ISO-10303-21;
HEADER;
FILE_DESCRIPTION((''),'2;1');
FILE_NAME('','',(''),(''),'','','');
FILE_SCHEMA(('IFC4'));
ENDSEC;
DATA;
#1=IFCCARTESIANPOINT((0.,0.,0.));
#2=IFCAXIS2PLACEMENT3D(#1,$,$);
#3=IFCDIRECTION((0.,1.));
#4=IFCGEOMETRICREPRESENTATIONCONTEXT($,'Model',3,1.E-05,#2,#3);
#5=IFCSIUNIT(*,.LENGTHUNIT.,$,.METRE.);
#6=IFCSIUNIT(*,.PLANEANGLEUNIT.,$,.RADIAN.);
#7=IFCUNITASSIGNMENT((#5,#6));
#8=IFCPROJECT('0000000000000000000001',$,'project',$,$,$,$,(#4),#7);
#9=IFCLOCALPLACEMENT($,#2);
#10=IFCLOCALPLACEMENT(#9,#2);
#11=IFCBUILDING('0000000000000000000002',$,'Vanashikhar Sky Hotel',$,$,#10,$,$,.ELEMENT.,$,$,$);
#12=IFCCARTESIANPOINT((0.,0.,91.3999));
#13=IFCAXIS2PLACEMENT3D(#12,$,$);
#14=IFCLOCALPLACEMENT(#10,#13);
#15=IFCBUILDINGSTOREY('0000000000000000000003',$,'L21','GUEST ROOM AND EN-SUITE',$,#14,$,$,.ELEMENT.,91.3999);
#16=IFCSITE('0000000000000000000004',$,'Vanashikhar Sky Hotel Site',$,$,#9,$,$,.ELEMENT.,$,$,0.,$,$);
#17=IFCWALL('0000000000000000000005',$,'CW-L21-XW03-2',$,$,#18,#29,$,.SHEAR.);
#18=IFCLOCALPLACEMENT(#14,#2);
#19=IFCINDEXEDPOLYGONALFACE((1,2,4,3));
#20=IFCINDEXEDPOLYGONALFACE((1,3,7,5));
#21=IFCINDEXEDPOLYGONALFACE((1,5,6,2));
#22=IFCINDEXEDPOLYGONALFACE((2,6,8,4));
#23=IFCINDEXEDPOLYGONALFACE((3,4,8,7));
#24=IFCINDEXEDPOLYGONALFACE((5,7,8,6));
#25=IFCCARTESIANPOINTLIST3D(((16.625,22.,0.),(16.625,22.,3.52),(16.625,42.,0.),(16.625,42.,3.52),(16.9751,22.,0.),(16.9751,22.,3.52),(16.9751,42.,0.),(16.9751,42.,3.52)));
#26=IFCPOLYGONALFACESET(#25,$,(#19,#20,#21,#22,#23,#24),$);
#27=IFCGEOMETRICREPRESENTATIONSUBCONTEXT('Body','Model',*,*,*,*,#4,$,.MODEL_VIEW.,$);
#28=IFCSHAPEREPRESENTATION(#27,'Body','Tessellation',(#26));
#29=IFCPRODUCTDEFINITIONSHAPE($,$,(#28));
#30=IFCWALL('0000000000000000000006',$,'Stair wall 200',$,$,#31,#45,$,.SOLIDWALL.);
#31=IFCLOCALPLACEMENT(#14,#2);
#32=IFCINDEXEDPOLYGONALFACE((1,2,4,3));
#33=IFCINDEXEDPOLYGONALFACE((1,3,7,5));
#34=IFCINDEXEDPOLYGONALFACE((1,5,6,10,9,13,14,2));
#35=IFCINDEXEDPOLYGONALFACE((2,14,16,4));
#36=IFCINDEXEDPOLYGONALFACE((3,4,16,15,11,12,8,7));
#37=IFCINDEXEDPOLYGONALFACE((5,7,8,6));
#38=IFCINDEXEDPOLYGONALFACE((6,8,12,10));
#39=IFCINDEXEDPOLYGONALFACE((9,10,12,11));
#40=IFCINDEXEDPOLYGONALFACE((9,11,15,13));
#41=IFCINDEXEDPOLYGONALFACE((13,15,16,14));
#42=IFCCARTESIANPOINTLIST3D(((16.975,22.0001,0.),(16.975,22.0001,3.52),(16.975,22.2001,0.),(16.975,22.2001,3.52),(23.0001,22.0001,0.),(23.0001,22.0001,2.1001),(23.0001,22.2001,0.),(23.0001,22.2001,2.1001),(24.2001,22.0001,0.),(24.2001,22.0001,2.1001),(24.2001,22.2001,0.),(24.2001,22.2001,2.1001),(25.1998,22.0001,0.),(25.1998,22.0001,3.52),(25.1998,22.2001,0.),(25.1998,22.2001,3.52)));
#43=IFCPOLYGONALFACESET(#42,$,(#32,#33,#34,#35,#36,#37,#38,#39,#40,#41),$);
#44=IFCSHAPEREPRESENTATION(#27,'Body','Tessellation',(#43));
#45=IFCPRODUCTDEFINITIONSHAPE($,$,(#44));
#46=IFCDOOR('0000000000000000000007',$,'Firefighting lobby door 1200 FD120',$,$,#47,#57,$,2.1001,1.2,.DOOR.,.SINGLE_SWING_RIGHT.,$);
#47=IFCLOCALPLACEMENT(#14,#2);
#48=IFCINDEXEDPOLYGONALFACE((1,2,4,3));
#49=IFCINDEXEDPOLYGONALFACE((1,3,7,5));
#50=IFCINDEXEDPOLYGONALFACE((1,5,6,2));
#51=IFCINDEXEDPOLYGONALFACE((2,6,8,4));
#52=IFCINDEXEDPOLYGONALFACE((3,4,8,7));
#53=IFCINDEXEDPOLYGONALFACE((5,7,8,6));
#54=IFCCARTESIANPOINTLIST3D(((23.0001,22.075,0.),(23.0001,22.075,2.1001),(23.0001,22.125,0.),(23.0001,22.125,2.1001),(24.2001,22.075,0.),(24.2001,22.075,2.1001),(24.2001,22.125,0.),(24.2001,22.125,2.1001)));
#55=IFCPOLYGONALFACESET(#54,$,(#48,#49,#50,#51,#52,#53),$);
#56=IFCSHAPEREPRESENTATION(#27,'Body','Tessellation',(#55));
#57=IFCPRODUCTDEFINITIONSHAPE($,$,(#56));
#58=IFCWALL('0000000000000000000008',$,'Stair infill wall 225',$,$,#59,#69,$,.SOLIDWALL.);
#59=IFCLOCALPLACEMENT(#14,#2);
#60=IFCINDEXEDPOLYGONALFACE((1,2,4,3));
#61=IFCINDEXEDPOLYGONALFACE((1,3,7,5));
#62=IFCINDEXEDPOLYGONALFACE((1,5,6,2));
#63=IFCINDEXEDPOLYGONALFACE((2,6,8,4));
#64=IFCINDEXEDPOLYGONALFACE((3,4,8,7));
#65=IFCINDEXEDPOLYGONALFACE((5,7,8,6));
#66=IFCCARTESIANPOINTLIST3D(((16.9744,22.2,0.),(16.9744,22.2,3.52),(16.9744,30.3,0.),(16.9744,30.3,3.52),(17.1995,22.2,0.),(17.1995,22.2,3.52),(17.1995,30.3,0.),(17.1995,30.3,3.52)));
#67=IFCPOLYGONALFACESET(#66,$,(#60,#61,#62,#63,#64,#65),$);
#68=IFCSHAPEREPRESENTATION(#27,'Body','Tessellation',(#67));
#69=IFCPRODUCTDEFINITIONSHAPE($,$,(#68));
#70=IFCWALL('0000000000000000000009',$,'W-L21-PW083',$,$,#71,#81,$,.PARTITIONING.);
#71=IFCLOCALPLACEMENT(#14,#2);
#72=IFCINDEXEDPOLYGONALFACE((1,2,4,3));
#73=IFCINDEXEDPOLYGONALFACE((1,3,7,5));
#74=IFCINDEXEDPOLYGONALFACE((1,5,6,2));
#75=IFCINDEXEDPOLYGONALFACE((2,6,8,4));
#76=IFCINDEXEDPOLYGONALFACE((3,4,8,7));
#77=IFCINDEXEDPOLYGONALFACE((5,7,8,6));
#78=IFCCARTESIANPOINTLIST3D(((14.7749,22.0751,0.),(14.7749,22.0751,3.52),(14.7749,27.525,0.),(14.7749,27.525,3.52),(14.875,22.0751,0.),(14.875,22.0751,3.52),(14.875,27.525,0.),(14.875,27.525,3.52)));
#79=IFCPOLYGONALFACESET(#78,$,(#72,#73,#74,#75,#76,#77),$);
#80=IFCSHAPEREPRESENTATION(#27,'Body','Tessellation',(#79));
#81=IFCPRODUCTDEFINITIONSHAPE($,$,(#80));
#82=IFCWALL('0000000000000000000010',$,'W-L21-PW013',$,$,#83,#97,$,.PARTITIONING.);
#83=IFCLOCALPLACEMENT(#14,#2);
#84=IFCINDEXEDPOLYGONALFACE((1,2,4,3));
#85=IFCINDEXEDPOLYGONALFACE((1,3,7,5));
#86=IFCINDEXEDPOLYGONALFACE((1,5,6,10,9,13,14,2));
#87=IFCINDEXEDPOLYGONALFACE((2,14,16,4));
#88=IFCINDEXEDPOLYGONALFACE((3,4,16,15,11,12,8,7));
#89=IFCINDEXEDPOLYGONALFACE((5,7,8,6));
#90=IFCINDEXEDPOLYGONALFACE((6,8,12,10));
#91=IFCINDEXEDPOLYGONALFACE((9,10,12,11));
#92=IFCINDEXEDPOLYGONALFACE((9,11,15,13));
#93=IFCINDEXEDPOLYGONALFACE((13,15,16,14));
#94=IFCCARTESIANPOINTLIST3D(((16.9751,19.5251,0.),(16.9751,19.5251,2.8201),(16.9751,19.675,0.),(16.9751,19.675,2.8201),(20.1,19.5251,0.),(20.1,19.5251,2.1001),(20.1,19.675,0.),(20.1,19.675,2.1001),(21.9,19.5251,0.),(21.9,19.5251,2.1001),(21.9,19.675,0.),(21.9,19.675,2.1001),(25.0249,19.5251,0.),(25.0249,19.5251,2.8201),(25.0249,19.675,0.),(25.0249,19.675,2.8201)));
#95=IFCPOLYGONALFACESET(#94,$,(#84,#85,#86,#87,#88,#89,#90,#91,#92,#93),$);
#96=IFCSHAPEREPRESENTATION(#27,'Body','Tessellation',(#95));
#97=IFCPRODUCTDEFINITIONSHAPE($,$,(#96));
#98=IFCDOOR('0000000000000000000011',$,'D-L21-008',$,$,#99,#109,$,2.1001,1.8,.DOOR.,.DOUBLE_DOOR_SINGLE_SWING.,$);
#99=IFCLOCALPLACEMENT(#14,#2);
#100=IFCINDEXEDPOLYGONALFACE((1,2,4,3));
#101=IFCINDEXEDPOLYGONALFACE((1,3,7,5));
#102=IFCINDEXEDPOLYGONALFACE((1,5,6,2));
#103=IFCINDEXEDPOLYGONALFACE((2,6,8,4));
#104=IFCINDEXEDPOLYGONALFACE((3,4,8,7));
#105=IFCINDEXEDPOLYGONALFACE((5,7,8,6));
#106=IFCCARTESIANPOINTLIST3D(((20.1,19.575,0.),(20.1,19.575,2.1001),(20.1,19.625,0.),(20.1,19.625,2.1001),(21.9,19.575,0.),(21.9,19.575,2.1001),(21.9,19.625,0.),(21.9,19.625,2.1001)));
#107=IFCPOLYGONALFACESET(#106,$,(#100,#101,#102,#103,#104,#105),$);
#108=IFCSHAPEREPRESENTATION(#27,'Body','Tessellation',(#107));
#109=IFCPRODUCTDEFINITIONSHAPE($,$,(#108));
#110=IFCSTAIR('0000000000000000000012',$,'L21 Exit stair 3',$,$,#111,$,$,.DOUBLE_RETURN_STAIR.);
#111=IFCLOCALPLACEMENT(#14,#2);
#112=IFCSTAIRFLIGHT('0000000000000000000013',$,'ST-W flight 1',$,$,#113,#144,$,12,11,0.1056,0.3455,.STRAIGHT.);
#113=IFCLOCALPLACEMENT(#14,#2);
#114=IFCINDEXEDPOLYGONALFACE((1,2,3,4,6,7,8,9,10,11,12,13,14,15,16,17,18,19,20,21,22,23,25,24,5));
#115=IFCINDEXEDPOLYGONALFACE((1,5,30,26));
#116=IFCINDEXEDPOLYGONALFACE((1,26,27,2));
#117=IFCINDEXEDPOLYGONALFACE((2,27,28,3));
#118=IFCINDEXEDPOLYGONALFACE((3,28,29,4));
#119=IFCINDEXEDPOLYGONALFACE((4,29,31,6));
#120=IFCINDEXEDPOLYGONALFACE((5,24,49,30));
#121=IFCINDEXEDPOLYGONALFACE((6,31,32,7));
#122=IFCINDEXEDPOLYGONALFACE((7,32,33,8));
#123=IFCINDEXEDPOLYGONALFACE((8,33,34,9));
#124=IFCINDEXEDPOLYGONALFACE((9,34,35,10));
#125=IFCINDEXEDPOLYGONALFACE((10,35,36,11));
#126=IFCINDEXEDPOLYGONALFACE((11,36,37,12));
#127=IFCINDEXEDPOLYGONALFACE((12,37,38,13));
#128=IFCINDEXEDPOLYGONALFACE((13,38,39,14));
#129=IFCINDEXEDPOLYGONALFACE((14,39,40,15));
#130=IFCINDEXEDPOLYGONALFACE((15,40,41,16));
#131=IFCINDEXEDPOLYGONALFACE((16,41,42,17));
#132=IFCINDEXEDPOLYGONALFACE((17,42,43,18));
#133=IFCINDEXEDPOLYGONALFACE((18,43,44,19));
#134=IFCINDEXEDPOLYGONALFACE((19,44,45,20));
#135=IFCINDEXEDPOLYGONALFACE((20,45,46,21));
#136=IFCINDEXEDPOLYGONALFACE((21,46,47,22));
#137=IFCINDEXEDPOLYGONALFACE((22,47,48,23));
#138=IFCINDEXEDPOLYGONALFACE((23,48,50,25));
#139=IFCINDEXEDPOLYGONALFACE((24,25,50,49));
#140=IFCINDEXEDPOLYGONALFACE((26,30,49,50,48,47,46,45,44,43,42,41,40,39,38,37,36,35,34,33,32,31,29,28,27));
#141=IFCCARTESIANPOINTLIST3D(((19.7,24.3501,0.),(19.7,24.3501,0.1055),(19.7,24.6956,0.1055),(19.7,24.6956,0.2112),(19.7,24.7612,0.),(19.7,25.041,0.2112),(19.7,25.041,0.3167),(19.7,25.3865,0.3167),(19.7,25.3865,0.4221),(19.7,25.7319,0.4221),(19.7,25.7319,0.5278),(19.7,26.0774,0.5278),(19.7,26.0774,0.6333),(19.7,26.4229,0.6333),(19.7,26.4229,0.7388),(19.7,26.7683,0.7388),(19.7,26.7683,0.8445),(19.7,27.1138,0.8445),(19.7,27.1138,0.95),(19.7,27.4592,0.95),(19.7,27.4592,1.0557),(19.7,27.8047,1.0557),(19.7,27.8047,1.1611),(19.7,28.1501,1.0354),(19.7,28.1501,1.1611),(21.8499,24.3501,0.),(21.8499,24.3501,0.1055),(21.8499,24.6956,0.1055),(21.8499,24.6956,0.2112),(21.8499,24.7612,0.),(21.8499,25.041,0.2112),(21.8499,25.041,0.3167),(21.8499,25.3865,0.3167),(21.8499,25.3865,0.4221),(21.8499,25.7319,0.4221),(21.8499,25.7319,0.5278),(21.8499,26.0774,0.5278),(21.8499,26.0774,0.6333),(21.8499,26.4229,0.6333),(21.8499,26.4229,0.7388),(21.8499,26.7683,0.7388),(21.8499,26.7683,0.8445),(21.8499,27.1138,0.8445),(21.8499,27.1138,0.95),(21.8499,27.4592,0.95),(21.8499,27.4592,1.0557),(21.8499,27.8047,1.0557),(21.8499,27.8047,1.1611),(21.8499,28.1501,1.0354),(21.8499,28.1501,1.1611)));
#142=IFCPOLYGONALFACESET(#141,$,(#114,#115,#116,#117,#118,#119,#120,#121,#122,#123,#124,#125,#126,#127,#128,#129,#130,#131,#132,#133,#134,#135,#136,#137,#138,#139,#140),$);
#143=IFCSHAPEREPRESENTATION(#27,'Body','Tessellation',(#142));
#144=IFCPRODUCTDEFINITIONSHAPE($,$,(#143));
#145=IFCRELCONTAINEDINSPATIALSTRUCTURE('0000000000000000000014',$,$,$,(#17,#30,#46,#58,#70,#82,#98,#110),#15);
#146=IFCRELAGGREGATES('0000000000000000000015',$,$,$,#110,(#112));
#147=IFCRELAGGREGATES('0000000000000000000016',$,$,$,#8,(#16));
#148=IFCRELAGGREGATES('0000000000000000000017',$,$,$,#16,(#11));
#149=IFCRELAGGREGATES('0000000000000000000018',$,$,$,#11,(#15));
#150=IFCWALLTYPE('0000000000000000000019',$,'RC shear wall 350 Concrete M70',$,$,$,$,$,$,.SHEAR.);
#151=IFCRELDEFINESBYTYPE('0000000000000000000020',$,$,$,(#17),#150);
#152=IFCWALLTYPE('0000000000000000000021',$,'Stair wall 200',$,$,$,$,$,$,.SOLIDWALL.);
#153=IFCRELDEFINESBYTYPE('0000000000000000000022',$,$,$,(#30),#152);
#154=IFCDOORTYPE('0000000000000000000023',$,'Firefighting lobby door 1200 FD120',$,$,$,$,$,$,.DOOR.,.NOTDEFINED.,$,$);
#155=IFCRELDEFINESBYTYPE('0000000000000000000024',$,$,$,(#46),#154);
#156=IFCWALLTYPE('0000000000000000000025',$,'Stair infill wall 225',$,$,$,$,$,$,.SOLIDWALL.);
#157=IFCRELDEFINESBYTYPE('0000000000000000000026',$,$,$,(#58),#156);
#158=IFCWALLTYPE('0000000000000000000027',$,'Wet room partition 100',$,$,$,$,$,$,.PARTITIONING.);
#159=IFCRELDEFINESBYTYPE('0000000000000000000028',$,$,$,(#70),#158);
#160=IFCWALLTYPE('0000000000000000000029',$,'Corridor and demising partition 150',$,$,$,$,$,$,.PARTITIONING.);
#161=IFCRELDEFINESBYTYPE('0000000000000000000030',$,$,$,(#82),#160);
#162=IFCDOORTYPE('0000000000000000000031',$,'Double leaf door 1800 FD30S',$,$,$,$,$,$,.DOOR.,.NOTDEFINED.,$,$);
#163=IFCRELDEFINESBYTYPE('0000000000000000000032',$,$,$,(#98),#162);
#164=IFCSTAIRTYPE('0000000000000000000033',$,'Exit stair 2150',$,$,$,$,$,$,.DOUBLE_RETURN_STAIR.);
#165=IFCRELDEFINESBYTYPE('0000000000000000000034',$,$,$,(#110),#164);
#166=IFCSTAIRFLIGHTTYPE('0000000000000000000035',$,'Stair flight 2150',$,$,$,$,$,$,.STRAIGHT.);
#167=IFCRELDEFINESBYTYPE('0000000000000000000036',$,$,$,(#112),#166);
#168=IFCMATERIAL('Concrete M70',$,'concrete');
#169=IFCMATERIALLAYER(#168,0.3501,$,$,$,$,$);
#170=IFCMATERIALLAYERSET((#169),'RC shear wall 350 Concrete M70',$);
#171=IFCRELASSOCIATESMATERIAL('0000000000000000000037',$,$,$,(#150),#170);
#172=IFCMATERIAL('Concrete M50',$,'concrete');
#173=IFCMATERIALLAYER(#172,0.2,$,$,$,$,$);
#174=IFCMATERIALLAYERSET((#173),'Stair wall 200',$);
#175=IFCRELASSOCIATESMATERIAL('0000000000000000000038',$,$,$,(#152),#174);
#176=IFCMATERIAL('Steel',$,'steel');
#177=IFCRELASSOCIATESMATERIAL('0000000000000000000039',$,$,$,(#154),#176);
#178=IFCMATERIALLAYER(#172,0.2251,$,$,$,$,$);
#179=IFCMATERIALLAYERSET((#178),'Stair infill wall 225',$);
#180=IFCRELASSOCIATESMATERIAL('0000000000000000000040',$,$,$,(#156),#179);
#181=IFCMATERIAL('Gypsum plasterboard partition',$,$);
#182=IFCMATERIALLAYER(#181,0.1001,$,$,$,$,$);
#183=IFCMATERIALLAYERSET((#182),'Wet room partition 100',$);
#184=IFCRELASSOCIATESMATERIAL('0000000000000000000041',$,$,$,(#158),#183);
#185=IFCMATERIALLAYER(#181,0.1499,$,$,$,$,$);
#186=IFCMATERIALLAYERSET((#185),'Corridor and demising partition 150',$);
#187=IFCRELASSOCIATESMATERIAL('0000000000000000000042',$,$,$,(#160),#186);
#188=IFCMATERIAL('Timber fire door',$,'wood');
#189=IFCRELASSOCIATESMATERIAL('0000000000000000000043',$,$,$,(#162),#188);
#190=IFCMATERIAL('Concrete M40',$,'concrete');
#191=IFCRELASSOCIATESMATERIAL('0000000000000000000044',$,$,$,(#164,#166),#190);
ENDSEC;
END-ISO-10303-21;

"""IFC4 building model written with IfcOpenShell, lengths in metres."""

from ifc_helpers import new_model, si_unit, direction, frame, frame_2d, origin, place, context, subcontext, project, spatial, polyline, rectangle, outline, extrude, source, transform, mapped, material, layer, layer_set, type_object, element, fill, aggregate, save


model = new_model("IFC4")

# Units and contexts
model_context = context("Model", 3, precision=1e-05, world=origin(), true_north=direction((0.0, 1.0)))
body_context = subcontext(model_context, "Body", "Model", "MODEL_VIEW")
ifc_project = project(units=[si_unit("LENGTHUNIT", "METRE"), si_unit("PLANEANGLEUNIT", "RADIAN")], contexts=[model_context])

# Site, building, storey
site_placement = place(None, origin())
site = spatial("IfcSite", under=ifc_project, at=site_placement, Name="Vanashikhar Sky Hotel Site", CompositionType="ELEMENT", RefElevation=0.0)
building_placement = place(site_placement, origin())
building = spatial("IfcBuilding", under=site, at=building_placement, Name="Vanashikhar Sky Hotel", CompositionType="ELEMENT")
storey_placement = place(building_placement, frame((0.0, 0.0, 91.3999)))
storey = spatial("IfcBuildingStorey", under=building, at=storey_placement, Name="L21", Description="GUEST ROOM AND EN-SUITE", CompositionType="ELEMENT", Elevation=91.3999)

# Wall
ifc_material_1 = material(Name="Concrete M70", Category="concrete")
ifc_layer_1 = layer(ifc_material_1, 0.3501)
ifc_layer_set_1 = layer_set([ifc_layer_1], Name="RC shear wall 350 Concrete M70")
wall_type_1 = type_object("IfcWallType", Name="RC shear wall 350 Concrete M70", PredefinedType="SHEAR", material=ifc_layer_set_1)
shared_shape_1 = source(origin(), body_context, "Body", "SweptSolid", [
    extrude(rectangle(XDim=20.0, YDim=0.3501, at=frame_2d((10.0, 0.0))), origin(), (0.0, 0.0, 1.0), 3.52),
])
wall_1_placement = place(storey_placement, frame((16.8, 22.0, 0.0), z_axis=(0.0, 0.0, 1.0), x_axis=(0.0, 1.0, 0.0)))
element("IfcWall", 1, at=wall_1_placement, inside=storey, type_object=wall_type_1, Name="CW-L21-XW03-2", PredefinedType="SHEAR", context=body_context, shape_type="MappedRepresentation", body=[
    mapped(shared_shape_1, transform((0.0, 0.0, 0.0), scale=1.0)),
])

# Wall, opening, door
ifc_material_2 = material(Name="Concrete M50", Category="concrete")
ifc_layer_2 = layer(ifc_material_2, 0.2)
ifc_layer_set_2 = layer_set([ifc_layer_2], Name="Stair wall 200")
wall_type_2 = type_object("IfcWallType", Name="Stair wall 200", PredefinedType="SOLIDWALL", material=ifc_layer_set_2)
shared_shape_2 = source(origin(), body_context, "Body", "SweptSolid", [
    extrude(rectangle(XDim=8.2249, YDim=0.2, at=frame_2d((4.1123, 0.0))), origin(), (0.0, 0.0, 1.0), 3.52),
])
wall_2_placement = place(storey_placement, frame((16.9751, 22.1001, 0.0), z_axis=(0.0, 0.0, 1.0), x_axis=(1.0, 0.0, 0.0)))
wall_2 = element("IfcWall", 2, at=wall_2_placement, inside=storey, type_object=wall_type_2, Name="Stair wall 200", PredefinedType="SOLIDWALL", context=body_context, shape_type="MappedRepresentation", body=[
    mapped(shared_shape_2, transform((0.0, 0.0, 0.0), scale=1.0)),
])
shared_shape_3 = source(origin(), body_context, "Body", "SweptSolid", [
    extrude(rectangle(XDim=1.2, YDim=2.1001, at=frame_2d((0.6001, 1.05))), frame((0.0, 0.1099, 0.0), z_axis=(0.0, -1.0, 0.0), x_axis=(1.0, 0.0, 0.0)), (0.0, 0.0, 1.0), 0.22),
])
opening_1_placement = place(wall_2_placement, frame((6.0249, 0.0, 0.0)))
opening_1 = element("IfcOpeningElement", 3, at=opening_1_placement, cuts=wall_2, PredefinedType="OPENING", context=body_context, shape_type="MappedRepresentation", body=[
    mapped(shared_shape_3, transform((0.0, 0.0, 0.0), scale=1.0)),
])
ifc_material_3 = material(Name="Steel", Category="steel")
door_type_1 = type_object("IfcDoorType", Name="Firefighting lobby door 1200 FD120", OperationType="NOTDEFINED", PredefinedType="DOOR", material=ifc_material_3)
shared_shape_4 = source(origin(), body_context, "Body", "SweptSolid", [
    extrude(rectangle(XDim=1.2, YDim=2.1001, at=frame_2d((0.6001, 1.05))), frame((0.0, 0.0249, 0.0), z_axis=(0.0, -1.0, 0.0), x_axis=(1.0, 0.0, 0.0)), (0.0, 0.0, 1.0), 0.05),
])
door_1_placement = place(opening_1_placement, origin())
door_1 = element("IfcDoor", 4, at=door_1_placement, inside=storey, type_object=door_type_1, Name="Firefighting lobby door 1200 FD120", OperationType="SINGLE_SWING_RIGHT", OverallHeight=2.1001, OverallWidth=1.2, PredefinedType="DOOR", context=body_context, shape_type="MappedRepresentation", body=[
    mapped(shared_shape_4, transform((0.0, 0.0, 0.0), scale=1.0)),
])
fill(opening_1, door_1)

# Walls
ifc_layer_3 = layer(ifc_material_2, 0.2251)
ifc_layer_set_3 = layer_set([ifc_layer_3], Name="Stair infill wall 225")
wall_type_3 = type_object("IfcWallType", Name="Stair infill wall 225", PredefinedType="SOLIDWALL", material=ifc_layer_set_3)
shared_shape_5 = source(origin(), body_context, "Body", "SweptSolid", [
    extrude(rectangle(XDim=8.1001, YDim=0.2251, at=frame_2d((4.05, 0.0))), origin(), (0.0, 0.0, 1.0), 3.52),
])
wall_3_placement = place(storey_placement, frame((17.0869, 22.2, 0.0), z_axis=(0.0, 0.0, 1.0), x_axis=(0.0, 1.0, 0.0)))
element("IfcWall", 5, at=wall_3_placement, inside=storey, type_object=wall_type_3, Name="Stair infill wall 225", PredefinedType="SOLIDWALL", context=body_context, shape_type="MappedRepresentation", body=[
    mapped(shared_shape_5, transform((0.0, 0.0, 0.0), scale=1.0)),
])
ifc_material_4 = material(Name="Gypsum plasterboard partition")
ifc_layer_4 = layer(ifc_material_4, 0.1001)
ifc_layer_set_4 = layer_set([ifc_layer_4], Name="Wet room partition 100")
wall_type_4 = type_object("IfcWallType", Name="Wet room partition 100", PredefinedType="PARTITIONING", material=ifc_layer_set_4)
shared_shape_6 = source(origin(), body_context, "Body", "SweptSolid", [
    extrude(rectangle(XDim=5.45, YDim=0.1001, at=frame_2d((2.7251, 0.0))), origin(), (0.0, 0.0, 1.0), 3.52),
])
wall_4_placement = place(storey_placement, frame((14.825, 22.075, 0.0), z_axis=(0.0, 0.0, 1.0), x_axis=(0.0, 1.0, 0.0)))
element("IfcWall", 6, at=wall_4_placement, inside=storey, type_object=wall_type_4, Name="W-L21-PW083", PredefinedType="PARTITIONING", context=body_context, shape_type="MappedRepresentation", body=[
    mapped(shared_shape_6, transform((0.0, 0.0, 0.0), scale=1.0)),
])

# Wall, opening, door
ifc_layer_5 = layer(ifc_material_4, 0.1499)
ifc_layer_set_5 = layer_set([ifc_layer_5], Name="Corridor and demising partition 150")
wall_type_5 = type_object("IfcWallType", Name="Corridor and demising partition 150", PredefinedType="PARTITIONING", material=ifc_layer_set_5)
shared_shape_7 = source(origin(), body_context, "Body", "SweptSolid", [
    extrude(rectangle(XDim=8.0498, YDim=0.1499, at=frame_2d((4.0249, 0.0))), origin(), (0.0, 0.0, 1.0), 2.8201),
])
wall_5_placement = place(storey_placement, frame((16.9751, 19.6001, 0.0), z_axis=(0.0, 0.0, 1.0), x_axis=(1.0, 0.0, 0.0)))
wall_5 = element("IfcWall", 7, at=wall_5_placement, inside=storey, type_object=wall_type_5, Name="W-L21-PW013", PredefinedType="PARTITIONING", context=body_context, shape_type="MappedRepresentation", body=[
    mapped(shared_shape_7, transform((0.0, 0.0, 0.0), scale=1.0)),
])
shared_shape_8 = source(origin(), body_context, "Body", "SweptSolid", [
    extrude(rectangle(XDim=1.8, YDim=2.1001, at=frame_2d((0.8999, 1.05))), frame((0.0, 0.085, 0.0), z_axis=(0.0, -1.0, 0.0), x_axis=(1.0, 0.0, 0.0)), (0.0, 0.0, 1.0), 0.1699),
])
opening_2_placement = place(wall_5_placement, frame((3.125, 0.0, 0.0)))
opening_2 = element("IfcOpeningElement", 8, at=opening_2_placement, cuts=wall_5, PredefinedType="OPENING", context=body_context, shape_type="MappedRepresentation", body=[
    mapped(shared_shape_8, transform((0.0, 0.0, 0.0), scale=1.0)),
])
ifc_material_5 = material(Name="Timber fire door", Category="wood")
door_type_2 = type_object("IfcDoorType", Name="Double leaf door 1800 FD30S", OperationType="NOTDEFINED", PredefinedType="DOOR", material=ifc_material_5)
shared_shape_9 = source(origin(), body_context, "Body", "SweptSolid", [
    extrude(rectangle(XDim=1.8, YDim=2.1001, at=frame_2d((0.8999, 1.05))), frame((0.0, 0.0249, 0.0), z_axis=(0.0, -1.0, 0.0), x_axis=(1.0, 0.0, 0.0)), (0.0, 0.0, 1.0), 0.05),
])
door_2_placement = place(opening_2_placement, origin())
door_2 = element("IfcDoor", 9, at=door_2_placement, inside=storey, type_object=door_type_2, Name="D-L21-008", OperationType="DOUBLE_DOOR_SINGLE_SWING", OverallHeight=2.1001, OverallWidth=1.8, PredefinedType="DOOR", context=body_context, shape_type="MappedRepresentation", body=[
    mapped(shared_shape_9, transform((0.0, 0.0, 0.0), scale=1.0)),
])
fill(opening_2, door_2)

# Stair, stair flight
ifc_material_6 = material(Name="Concrete M40", Category="concrete")
stair_type = type_object("IfcStairType", Name="Exit stair 2150", PredefinedType="DOUBLE_RETURN_STAIR", material=ifc_material_6)
stair_placement = place(storey_placement, origin())
stair = element("IfcStair", 10, at=stair_placement, inside=storey, type_object=stair_type, Name="L21 Exit stair 3", PredefinedType="DOUBLE_RETURN_STAIR")
stair_flight_type = type_object("IfcStairFlightType", Name="Stair flight 2150", PredefinedType="STRAIGHT", material=ifc_material_6)
shared_shape_10 = source(origin(), body_context, "Body", "SweptSolid", [
    extrude(outline(polyline([(0.0, 0.0), (0.0, 0.1055), (0.3455, 0.1055), (0.3455, 0.2112), (0.6909, 0.2112), (0.6909, 0.3167), (1.0364, 0.3167), (1.0364, 0.4221), (1.3818, 0.4221), (1.3818, 0.5278), (1.7273, 0.5278), (1.7273, 0.6333), (2.0728, 0.6333), (2.0728, 0.7388), (2.4182, 0.7388), (2.4182, 0.8445), (2.7637, 0.8445), (2.7637, 0.95), (3.1091, 0.95), (3.1091, 1.0557), (3.4546, 1.0557), (3.4546, 1.1611), (3.8, 1.1611), (3.8, 1.2666), (3.8, 1.0354), (0.4111, 0.0), (0.0, 0.0)])), frame((0.0, 1.075, 0.0), z_axis=(0.0, -1.0, 0.0), x_axis=(1.0, 0.0, 0.0)), (0.0, 0.0, 1.0), 2.1499),
])
stair_flight_1_placement = place(storey_placement, frame((20.7749, 24.3501, 0.0), z_axis=(0.0, 0.0, 1.0), x_axis=(0.0, 1.0, 0.0)))
stair_flight_1 = element("IfcStairFlight", 11, at=stair_flight_1_placement, type_object=stair_flight_type, Name="ST-W flight 1", NumberOfRisers=12, NumberOfTreads=11, PredefinedType="STRAIGHT", RiserHeight=0.1056, TreadLength=0.3455, context=body_context, shape_type="MappedRepresentation", body=[
    mapped(shared_shape_10, transform((0.0, 0.0, 0.0), scale=1.0)),
])
aggregate(stair, [stair_flight_1])

save(model, "model.ifc")
